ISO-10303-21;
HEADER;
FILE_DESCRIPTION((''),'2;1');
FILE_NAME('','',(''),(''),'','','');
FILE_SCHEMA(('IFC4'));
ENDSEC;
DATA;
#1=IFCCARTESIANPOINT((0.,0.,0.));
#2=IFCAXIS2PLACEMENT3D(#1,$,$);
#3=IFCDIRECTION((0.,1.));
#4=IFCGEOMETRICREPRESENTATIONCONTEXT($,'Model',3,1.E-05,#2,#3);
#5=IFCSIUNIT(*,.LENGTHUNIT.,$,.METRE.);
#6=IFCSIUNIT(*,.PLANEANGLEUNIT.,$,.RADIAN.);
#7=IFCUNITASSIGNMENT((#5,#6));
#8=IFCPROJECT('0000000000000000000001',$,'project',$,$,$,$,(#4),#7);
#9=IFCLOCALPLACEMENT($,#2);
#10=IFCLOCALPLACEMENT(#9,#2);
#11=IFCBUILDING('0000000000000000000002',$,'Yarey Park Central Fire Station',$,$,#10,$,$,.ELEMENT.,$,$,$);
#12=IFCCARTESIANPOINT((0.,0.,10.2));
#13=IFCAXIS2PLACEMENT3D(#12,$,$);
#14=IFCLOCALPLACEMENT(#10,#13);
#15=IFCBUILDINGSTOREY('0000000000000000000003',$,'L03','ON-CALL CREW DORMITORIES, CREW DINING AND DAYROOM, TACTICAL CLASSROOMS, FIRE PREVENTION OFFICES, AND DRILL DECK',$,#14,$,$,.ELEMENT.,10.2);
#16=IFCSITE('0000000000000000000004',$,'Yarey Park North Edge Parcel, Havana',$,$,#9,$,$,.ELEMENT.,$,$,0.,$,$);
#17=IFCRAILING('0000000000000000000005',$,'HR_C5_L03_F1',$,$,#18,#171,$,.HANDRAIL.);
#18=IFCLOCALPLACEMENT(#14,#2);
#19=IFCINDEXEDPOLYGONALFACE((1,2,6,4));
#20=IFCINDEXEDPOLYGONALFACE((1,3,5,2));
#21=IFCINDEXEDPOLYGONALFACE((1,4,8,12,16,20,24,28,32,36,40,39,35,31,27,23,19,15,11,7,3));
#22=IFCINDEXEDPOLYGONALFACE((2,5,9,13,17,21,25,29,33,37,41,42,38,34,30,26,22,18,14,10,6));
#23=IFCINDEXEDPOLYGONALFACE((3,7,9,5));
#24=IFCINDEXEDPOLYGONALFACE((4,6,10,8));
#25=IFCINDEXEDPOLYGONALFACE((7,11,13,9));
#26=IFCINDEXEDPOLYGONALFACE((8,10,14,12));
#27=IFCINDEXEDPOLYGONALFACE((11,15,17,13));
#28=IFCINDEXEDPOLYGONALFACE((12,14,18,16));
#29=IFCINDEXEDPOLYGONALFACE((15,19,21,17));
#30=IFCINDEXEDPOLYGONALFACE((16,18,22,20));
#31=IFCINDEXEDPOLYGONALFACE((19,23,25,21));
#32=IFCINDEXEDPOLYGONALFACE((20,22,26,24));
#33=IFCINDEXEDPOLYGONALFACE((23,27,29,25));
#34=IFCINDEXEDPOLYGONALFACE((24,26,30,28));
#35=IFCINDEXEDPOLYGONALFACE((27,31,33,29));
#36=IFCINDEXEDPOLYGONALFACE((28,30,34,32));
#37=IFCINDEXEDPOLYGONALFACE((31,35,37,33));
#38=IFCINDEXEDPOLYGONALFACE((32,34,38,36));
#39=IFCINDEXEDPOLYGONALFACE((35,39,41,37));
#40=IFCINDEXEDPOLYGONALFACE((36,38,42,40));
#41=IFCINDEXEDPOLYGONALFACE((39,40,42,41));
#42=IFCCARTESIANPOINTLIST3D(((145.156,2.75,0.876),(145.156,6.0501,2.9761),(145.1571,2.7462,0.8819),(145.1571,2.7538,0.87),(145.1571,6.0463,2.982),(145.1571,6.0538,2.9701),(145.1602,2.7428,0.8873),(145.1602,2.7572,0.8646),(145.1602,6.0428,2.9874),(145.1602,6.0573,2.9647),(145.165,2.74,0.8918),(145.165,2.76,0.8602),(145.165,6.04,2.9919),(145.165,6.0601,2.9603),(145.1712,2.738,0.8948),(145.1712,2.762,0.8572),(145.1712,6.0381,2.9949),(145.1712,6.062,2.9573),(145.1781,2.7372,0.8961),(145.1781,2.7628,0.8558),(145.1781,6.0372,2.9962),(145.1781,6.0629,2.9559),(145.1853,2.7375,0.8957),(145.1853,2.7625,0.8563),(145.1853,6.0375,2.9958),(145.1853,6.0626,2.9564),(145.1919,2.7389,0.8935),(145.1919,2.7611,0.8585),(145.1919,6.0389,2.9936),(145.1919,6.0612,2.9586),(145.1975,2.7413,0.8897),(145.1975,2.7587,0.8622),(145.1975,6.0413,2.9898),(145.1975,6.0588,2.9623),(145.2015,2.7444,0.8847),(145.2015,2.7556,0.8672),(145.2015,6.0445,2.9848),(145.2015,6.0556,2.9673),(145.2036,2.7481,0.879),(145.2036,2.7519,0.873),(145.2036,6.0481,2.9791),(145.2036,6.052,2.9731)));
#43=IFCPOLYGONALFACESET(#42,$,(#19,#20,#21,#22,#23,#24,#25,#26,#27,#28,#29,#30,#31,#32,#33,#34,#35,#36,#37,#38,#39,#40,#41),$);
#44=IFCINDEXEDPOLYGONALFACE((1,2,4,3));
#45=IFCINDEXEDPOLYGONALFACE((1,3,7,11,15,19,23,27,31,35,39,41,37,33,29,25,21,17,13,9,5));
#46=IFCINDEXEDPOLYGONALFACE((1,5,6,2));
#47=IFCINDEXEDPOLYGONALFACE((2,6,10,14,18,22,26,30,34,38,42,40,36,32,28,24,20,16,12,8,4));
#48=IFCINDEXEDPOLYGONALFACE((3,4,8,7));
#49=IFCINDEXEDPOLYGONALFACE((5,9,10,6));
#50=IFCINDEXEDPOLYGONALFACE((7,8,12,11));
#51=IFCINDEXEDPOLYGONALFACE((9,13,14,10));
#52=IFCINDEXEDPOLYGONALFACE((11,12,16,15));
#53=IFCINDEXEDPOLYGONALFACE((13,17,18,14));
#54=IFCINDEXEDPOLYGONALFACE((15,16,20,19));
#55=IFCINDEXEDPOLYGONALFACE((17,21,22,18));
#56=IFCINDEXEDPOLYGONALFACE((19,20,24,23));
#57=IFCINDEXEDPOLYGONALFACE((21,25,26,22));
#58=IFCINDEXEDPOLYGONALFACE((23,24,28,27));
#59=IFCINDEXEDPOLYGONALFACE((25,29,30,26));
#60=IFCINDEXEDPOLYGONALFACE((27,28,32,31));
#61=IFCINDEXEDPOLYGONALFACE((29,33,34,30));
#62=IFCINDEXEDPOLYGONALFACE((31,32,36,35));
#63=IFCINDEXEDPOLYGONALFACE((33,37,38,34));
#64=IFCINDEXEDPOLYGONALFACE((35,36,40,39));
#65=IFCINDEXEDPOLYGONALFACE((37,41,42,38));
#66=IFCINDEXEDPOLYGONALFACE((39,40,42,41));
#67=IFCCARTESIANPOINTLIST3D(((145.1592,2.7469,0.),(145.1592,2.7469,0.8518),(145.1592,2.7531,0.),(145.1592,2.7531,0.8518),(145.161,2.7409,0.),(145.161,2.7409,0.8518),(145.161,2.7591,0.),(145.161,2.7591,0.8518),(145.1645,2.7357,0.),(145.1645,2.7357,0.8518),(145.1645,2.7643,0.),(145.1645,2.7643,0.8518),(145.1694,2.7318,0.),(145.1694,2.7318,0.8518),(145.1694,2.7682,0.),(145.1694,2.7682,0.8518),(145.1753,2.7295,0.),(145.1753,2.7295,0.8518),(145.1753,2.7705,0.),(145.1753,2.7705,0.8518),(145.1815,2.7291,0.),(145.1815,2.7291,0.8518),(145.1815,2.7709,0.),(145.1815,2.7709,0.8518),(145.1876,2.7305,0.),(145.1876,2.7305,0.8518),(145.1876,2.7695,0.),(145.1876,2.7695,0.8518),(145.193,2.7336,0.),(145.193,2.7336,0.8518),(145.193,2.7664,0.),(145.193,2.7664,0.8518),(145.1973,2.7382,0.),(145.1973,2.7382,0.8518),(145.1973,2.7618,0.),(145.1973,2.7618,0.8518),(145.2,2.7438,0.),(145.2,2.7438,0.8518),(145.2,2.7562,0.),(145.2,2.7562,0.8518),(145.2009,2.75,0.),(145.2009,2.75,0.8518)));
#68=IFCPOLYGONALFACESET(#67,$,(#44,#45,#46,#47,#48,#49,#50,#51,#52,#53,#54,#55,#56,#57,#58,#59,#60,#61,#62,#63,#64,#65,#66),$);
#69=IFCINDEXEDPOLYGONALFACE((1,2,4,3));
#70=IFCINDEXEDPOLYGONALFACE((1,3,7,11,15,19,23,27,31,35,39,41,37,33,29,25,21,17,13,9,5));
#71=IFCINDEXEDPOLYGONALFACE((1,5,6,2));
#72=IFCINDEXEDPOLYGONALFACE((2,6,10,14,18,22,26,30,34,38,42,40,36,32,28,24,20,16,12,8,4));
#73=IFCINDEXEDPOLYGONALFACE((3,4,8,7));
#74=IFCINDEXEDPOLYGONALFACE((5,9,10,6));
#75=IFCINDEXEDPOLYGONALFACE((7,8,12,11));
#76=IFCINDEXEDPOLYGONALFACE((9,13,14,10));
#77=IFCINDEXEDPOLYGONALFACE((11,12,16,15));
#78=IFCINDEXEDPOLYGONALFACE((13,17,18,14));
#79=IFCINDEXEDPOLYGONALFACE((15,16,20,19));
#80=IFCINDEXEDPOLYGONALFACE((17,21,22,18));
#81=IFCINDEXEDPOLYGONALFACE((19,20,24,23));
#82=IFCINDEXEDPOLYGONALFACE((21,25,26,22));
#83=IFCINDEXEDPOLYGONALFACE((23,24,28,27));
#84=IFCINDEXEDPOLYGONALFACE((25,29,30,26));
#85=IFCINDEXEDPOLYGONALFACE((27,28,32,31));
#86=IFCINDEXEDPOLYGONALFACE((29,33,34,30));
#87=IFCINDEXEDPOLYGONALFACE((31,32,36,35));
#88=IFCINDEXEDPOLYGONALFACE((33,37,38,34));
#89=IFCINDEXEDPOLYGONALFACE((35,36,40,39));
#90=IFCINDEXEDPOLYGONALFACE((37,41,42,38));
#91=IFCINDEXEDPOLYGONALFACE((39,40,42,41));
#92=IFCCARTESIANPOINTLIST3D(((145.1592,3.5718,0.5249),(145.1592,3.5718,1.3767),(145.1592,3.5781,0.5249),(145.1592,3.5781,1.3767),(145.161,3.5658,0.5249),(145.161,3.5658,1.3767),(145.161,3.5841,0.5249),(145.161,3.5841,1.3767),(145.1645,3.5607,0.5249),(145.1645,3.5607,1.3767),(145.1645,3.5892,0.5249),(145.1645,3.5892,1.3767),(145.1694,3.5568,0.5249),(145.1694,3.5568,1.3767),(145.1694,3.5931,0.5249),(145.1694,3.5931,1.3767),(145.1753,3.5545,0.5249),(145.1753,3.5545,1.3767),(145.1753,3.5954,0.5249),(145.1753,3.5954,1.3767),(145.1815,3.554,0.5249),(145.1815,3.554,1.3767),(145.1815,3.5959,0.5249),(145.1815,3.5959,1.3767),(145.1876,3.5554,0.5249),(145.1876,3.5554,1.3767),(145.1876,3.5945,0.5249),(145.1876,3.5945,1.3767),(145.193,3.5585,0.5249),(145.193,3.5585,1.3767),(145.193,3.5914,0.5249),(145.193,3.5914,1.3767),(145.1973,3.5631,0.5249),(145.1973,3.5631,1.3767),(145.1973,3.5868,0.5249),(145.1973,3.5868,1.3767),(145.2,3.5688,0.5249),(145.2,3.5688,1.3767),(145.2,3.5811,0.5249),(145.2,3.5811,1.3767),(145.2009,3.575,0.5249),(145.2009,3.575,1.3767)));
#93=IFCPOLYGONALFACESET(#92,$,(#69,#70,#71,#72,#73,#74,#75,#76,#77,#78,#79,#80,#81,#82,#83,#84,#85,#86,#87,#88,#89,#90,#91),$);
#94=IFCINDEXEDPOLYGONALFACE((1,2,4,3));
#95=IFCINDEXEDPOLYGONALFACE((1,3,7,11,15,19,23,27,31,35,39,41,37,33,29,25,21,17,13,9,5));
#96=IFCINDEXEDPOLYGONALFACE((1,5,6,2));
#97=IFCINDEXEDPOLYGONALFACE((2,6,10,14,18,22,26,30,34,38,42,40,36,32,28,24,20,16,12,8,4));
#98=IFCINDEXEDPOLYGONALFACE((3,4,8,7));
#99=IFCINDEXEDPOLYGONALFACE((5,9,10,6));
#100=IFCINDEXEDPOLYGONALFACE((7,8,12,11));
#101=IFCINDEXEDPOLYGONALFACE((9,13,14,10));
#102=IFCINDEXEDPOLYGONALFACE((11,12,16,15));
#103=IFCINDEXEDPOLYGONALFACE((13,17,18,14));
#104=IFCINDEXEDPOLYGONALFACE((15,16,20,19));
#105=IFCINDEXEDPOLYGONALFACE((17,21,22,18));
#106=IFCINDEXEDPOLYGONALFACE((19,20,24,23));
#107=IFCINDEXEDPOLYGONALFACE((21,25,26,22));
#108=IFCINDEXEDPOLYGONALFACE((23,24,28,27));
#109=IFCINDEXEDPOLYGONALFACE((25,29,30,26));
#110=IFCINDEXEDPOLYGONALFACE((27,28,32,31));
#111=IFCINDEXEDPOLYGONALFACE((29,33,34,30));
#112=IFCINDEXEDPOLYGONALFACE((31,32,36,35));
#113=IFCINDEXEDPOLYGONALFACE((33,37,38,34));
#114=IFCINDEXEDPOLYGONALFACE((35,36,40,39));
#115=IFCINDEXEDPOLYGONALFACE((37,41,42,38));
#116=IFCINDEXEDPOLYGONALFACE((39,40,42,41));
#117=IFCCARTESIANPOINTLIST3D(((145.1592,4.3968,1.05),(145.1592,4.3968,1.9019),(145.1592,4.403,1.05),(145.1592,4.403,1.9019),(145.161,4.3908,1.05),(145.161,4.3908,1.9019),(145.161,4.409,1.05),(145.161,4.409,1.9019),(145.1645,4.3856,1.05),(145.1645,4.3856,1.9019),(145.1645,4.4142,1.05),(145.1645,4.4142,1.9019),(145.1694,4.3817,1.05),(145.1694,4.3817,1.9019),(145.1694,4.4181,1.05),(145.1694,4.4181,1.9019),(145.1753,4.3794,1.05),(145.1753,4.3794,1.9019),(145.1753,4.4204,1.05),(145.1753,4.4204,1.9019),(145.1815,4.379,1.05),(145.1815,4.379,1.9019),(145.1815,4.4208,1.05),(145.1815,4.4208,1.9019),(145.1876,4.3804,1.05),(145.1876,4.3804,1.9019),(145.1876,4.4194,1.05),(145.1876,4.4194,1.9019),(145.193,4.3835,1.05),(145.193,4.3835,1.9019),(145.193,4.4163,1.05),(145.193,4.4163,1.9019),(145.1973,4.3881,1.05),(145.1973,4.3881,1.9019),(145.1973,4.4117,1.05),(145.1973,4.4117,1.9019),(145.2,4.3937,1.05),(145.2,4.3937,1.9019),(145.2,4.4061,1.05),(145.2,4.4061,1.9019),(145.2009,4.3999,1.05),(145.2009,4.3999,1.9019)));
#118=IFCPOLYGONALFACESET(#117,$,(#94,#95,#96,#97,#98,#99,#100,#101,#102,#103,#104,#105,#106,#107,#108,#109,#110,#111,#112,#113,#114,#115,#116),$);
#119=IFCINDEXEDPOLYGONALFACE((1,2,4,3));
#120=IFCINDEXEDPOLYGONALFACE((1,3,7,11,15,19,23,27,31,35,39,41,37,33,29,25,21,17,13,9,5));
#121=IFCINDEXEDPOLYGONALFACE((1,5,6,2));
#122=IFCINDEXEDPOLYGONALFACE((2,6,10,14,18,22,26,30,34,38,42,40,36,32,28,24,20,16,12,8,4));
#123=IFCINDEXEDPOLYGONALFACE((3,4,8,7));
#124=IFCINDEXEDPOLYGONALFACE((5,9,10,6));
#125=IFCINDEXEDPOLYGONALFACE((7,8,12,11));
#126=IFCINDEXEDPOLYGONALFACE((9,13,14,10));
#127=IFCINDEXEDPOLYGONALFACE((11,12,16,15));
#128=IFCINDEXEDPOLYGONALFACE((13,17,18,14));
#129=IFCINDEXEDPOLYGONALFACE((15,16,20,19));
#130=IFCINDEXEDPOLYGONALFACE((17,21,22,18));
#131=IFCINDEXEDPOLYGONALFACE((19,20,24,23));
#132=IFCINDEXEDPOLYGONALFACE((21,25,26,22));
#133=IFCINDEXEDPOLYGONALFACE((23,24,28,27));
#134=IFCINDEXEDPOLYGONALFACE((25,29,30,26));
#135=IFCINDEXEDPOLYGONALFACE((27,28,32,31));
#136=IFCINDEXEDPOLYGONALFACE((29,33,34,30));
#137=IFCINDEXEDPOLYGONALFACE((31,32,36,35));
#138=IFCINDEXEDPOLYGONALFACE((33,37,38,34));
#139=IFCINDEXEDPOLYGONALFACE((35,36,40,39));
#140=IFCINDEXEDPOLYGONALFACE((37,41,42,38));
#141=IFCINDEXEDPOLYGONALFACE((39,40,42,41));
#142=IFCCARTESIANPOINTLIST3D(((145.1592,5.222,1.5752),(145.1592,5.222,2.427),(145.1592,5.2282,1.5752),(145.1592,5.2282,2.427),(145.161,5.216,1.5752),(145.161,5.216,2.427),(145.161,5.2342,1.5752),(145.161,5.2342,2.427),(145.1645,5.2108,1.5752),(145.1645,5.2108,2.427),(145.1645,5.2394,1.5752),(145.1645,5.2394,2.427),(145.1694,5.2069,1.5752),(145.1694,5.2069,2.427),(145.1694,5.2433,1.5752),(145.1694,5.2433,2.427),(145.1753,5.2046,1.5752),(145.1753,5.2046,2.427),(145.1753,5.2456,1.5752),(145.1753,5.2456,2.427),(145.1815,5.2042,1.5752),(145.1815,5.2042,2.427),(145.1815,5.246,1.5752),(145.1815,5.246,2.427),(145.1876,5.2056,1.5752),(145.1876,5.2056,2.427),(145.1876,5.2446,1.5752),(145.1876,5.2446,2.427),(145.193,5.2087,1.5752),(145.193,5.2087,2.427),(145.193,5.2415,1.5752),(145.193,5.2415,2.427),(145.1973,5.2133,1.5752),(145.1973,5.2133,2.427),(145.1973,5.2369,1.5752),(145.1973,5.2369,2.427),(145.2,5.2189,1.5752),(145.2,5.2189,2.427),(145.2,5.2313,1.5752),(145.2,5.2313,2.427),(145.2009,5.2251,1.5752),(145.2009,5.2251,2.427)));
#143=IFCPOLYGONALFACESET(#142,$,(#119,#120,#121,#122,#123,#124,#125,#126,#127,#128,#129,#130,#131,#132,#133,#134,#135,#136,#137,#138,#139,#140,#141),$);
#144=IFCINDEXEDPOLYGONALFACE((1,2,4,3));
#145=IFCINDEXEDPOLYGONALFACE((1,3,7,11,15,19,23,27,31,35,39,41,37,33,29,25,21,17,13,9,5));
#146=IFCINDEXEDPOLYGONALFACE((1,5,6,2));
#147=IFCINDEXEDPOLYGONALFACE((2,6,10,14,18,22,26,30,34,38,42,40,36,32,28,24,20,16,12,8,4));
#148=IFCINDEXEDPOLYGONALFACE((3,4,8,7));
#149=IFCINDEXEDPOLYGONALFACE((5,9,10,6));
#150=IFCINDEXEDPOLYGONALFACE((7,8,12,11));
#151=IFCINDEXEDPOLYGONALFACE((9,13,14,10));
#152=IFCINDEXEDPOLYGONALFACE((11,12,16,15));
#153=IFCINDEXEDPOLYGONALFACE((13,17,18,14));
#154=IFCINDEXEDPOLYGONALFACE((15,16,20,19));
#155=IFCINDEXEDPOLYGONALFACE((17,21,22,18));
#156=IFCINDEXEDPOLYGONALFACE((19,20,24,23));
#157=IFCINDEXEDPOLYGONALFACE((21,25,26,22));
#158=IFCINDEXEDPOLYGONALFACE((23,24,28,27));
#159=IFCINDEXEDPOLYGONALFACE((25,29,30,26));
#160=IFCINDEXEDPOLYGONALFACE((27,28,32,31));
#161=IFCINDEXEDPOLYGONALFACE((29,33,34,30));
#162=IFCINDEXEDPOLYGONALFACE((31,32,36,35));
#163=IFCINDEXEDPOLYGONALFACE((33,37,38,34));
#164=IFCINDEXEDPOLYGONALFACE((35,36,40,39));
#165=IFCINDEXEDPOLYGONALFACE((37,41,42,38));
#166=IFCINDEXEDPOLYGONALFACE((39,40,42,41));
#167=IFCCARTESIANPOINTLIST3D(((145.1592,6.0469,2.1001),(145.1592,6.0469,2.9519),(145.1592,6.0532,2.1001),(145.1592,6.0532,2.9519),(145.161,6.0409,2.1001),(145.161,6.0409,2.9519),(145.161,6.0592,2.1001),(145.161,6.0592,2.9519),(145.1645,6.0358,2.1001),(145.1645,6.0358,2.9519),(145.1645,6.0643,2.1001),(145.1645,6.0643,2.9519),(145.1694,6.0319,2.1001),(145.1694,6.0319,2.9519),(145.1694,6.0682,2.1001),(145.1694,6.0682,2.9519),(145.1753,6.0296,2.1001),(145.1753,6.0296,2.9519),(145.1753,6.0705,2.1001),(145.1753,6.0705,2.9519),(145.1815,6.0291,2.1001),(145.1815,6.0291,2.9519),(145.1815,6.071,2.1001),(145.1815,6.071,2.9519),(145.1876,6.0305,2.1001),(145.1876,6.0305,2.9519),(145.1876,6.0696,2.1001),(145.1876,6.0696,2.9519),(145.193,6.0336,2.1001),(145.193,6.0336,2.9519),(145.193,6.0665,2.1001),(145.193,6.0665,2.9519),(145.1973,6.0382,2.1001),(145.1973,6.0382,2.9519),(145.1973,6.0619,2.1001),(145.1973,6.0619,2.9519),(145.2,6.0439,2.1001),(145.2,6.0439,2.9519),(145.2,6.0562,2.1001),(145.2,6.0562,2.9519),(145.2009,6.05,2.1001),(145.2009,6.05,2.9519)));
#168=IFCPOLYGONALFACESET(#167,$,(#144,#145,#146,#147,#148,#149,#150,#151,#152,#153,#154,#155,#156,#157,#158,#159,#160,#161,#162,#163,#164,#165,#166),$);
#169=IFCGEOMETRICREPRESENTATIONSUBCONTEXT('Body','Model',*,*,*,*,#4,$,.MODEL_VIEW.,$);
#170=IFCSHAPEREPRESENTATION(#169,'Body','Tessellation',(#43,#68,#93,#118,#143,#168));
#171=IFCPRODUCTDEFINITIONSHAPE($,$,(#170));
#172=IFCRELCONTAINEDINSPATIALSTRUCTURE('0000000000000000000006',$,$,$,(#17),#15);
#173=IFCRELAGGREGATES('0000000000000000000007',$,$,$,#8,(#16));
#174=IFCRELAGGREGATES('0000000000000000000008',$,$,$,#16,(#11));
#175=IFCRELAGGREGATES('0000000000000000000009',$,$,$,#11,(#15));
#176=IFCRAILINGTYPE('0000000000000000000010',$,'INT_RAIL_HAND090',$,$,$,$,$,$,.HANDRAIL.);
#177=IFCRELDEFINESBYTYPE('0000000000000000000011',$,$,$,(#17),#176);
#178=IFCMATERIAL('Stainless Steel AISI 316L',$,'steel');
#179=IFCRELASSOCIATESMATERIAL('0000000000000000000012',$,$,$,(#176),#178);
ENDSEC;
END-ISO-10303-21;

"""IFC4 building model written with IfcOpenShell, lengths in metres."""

from ifc_helpers import new_model, si_unit, direction, frame, origin, origin_2d, place, context, subcontext, project, spatial, circle, extrude, material, type_object, element, save


model = new_model("IFC4")

# Units and contexts
model_context = context("Model", 3, precision=1e-05, world=origin(), true_north=direction((0.0, 1.0)))
body_context = subcontext(model_context, "Body", "Model", "MODEL_VIEW")
ifc_project = project(units=[si_unit("LENGTHUNIT", "METRE"), si_unit("PLANEANGLEUNIT", "RADIAN")], contexts=[model_context])

# Site, building, storey
site_placement = place(None, origin())
site = spatial("IfcSite", under=ifc_project, at=site_placement, Name="Yarey Park North Edge Parcel, Havana", CompositionType="ELEMENT", RefElevation=0.0)
building_placement = place(site_placement, origin())
building = spatial("IfcBuilding", under=site, at=building_placement, Name="Yarey Park Central Fire Station", CompositionType="ELEMENT")
storey_placement = place(building_placement, frame((0.0, 0.0, 10.2)))
storey = spatial("IfcBuildingStorey", under=building, at=storey_placement, Name="L03", Description="ON-CALL CREW DORMITORIES, CREW DINING AND DAYROOM, TACTICAL CLASSROOMS, FIRE PREVENTION OFFICES, AND DRILL DECK", CompositionType="ELEMENT", Elevation=10.2)

# Railing
ifc_material_1 = material(Name="Stainless Steel AISI 316L", Category="steel")
railing_type_1 = type_object("IfcRailingType", Name="INT_RAIL_HAND090", PredefinedType="HANDRAIL", material=ifc_material_1)
railing_1_placement = place(storey_placement, frame((145.1799, 2.75, 0.0)))
element("IfcRailing", 1, at=railing_1_placement, inside=storey, type_object=railing_type_1, Name="HR_C5_L03_F1", PredefinedType="HANDRAIL", context=body_context, shape_type="SweptSolid", body=[
    extrude(circle(Radius=0.0239, at=origin_2d()), frame((0.0, 0.0, 0.876), z_axis=(0.0, 0.843654, 0.536888), x_axis=(-1.0, 0.0, 0.0)), (0.0, 0.0, 1.0), 3.9116),
    extrude(circle(Radius=0.021, at=origin_2d()), origin(), (0.0, 0.0, 1.0), 0.8518),
    extrude(circle(Radius=0.021, at=origin_2d()), frame((0.0, 0.825, 0.5249)), (0.0, 0.0, 1.0), 0.8518),
    extrude(circle(Radius=0.021, at=origin_2d()), frame((0.0, 1.6499, 1.05)), (0.0, 0.0, 1.0), 0.8518),
    extrude(circle(Radius=0.021, at=origin_2d()), frame((0.0, 2.4751, 1.5752)), (0.0, 0.0, 1.0), 0.8518),
    extrude(circle(Radius=0.021, at=origin_2d()), frame((0.0, 3.3, 2.1001)), (0.0, 0.0, 1.0), 0.8518),
])

save(model, "model.ifc")
